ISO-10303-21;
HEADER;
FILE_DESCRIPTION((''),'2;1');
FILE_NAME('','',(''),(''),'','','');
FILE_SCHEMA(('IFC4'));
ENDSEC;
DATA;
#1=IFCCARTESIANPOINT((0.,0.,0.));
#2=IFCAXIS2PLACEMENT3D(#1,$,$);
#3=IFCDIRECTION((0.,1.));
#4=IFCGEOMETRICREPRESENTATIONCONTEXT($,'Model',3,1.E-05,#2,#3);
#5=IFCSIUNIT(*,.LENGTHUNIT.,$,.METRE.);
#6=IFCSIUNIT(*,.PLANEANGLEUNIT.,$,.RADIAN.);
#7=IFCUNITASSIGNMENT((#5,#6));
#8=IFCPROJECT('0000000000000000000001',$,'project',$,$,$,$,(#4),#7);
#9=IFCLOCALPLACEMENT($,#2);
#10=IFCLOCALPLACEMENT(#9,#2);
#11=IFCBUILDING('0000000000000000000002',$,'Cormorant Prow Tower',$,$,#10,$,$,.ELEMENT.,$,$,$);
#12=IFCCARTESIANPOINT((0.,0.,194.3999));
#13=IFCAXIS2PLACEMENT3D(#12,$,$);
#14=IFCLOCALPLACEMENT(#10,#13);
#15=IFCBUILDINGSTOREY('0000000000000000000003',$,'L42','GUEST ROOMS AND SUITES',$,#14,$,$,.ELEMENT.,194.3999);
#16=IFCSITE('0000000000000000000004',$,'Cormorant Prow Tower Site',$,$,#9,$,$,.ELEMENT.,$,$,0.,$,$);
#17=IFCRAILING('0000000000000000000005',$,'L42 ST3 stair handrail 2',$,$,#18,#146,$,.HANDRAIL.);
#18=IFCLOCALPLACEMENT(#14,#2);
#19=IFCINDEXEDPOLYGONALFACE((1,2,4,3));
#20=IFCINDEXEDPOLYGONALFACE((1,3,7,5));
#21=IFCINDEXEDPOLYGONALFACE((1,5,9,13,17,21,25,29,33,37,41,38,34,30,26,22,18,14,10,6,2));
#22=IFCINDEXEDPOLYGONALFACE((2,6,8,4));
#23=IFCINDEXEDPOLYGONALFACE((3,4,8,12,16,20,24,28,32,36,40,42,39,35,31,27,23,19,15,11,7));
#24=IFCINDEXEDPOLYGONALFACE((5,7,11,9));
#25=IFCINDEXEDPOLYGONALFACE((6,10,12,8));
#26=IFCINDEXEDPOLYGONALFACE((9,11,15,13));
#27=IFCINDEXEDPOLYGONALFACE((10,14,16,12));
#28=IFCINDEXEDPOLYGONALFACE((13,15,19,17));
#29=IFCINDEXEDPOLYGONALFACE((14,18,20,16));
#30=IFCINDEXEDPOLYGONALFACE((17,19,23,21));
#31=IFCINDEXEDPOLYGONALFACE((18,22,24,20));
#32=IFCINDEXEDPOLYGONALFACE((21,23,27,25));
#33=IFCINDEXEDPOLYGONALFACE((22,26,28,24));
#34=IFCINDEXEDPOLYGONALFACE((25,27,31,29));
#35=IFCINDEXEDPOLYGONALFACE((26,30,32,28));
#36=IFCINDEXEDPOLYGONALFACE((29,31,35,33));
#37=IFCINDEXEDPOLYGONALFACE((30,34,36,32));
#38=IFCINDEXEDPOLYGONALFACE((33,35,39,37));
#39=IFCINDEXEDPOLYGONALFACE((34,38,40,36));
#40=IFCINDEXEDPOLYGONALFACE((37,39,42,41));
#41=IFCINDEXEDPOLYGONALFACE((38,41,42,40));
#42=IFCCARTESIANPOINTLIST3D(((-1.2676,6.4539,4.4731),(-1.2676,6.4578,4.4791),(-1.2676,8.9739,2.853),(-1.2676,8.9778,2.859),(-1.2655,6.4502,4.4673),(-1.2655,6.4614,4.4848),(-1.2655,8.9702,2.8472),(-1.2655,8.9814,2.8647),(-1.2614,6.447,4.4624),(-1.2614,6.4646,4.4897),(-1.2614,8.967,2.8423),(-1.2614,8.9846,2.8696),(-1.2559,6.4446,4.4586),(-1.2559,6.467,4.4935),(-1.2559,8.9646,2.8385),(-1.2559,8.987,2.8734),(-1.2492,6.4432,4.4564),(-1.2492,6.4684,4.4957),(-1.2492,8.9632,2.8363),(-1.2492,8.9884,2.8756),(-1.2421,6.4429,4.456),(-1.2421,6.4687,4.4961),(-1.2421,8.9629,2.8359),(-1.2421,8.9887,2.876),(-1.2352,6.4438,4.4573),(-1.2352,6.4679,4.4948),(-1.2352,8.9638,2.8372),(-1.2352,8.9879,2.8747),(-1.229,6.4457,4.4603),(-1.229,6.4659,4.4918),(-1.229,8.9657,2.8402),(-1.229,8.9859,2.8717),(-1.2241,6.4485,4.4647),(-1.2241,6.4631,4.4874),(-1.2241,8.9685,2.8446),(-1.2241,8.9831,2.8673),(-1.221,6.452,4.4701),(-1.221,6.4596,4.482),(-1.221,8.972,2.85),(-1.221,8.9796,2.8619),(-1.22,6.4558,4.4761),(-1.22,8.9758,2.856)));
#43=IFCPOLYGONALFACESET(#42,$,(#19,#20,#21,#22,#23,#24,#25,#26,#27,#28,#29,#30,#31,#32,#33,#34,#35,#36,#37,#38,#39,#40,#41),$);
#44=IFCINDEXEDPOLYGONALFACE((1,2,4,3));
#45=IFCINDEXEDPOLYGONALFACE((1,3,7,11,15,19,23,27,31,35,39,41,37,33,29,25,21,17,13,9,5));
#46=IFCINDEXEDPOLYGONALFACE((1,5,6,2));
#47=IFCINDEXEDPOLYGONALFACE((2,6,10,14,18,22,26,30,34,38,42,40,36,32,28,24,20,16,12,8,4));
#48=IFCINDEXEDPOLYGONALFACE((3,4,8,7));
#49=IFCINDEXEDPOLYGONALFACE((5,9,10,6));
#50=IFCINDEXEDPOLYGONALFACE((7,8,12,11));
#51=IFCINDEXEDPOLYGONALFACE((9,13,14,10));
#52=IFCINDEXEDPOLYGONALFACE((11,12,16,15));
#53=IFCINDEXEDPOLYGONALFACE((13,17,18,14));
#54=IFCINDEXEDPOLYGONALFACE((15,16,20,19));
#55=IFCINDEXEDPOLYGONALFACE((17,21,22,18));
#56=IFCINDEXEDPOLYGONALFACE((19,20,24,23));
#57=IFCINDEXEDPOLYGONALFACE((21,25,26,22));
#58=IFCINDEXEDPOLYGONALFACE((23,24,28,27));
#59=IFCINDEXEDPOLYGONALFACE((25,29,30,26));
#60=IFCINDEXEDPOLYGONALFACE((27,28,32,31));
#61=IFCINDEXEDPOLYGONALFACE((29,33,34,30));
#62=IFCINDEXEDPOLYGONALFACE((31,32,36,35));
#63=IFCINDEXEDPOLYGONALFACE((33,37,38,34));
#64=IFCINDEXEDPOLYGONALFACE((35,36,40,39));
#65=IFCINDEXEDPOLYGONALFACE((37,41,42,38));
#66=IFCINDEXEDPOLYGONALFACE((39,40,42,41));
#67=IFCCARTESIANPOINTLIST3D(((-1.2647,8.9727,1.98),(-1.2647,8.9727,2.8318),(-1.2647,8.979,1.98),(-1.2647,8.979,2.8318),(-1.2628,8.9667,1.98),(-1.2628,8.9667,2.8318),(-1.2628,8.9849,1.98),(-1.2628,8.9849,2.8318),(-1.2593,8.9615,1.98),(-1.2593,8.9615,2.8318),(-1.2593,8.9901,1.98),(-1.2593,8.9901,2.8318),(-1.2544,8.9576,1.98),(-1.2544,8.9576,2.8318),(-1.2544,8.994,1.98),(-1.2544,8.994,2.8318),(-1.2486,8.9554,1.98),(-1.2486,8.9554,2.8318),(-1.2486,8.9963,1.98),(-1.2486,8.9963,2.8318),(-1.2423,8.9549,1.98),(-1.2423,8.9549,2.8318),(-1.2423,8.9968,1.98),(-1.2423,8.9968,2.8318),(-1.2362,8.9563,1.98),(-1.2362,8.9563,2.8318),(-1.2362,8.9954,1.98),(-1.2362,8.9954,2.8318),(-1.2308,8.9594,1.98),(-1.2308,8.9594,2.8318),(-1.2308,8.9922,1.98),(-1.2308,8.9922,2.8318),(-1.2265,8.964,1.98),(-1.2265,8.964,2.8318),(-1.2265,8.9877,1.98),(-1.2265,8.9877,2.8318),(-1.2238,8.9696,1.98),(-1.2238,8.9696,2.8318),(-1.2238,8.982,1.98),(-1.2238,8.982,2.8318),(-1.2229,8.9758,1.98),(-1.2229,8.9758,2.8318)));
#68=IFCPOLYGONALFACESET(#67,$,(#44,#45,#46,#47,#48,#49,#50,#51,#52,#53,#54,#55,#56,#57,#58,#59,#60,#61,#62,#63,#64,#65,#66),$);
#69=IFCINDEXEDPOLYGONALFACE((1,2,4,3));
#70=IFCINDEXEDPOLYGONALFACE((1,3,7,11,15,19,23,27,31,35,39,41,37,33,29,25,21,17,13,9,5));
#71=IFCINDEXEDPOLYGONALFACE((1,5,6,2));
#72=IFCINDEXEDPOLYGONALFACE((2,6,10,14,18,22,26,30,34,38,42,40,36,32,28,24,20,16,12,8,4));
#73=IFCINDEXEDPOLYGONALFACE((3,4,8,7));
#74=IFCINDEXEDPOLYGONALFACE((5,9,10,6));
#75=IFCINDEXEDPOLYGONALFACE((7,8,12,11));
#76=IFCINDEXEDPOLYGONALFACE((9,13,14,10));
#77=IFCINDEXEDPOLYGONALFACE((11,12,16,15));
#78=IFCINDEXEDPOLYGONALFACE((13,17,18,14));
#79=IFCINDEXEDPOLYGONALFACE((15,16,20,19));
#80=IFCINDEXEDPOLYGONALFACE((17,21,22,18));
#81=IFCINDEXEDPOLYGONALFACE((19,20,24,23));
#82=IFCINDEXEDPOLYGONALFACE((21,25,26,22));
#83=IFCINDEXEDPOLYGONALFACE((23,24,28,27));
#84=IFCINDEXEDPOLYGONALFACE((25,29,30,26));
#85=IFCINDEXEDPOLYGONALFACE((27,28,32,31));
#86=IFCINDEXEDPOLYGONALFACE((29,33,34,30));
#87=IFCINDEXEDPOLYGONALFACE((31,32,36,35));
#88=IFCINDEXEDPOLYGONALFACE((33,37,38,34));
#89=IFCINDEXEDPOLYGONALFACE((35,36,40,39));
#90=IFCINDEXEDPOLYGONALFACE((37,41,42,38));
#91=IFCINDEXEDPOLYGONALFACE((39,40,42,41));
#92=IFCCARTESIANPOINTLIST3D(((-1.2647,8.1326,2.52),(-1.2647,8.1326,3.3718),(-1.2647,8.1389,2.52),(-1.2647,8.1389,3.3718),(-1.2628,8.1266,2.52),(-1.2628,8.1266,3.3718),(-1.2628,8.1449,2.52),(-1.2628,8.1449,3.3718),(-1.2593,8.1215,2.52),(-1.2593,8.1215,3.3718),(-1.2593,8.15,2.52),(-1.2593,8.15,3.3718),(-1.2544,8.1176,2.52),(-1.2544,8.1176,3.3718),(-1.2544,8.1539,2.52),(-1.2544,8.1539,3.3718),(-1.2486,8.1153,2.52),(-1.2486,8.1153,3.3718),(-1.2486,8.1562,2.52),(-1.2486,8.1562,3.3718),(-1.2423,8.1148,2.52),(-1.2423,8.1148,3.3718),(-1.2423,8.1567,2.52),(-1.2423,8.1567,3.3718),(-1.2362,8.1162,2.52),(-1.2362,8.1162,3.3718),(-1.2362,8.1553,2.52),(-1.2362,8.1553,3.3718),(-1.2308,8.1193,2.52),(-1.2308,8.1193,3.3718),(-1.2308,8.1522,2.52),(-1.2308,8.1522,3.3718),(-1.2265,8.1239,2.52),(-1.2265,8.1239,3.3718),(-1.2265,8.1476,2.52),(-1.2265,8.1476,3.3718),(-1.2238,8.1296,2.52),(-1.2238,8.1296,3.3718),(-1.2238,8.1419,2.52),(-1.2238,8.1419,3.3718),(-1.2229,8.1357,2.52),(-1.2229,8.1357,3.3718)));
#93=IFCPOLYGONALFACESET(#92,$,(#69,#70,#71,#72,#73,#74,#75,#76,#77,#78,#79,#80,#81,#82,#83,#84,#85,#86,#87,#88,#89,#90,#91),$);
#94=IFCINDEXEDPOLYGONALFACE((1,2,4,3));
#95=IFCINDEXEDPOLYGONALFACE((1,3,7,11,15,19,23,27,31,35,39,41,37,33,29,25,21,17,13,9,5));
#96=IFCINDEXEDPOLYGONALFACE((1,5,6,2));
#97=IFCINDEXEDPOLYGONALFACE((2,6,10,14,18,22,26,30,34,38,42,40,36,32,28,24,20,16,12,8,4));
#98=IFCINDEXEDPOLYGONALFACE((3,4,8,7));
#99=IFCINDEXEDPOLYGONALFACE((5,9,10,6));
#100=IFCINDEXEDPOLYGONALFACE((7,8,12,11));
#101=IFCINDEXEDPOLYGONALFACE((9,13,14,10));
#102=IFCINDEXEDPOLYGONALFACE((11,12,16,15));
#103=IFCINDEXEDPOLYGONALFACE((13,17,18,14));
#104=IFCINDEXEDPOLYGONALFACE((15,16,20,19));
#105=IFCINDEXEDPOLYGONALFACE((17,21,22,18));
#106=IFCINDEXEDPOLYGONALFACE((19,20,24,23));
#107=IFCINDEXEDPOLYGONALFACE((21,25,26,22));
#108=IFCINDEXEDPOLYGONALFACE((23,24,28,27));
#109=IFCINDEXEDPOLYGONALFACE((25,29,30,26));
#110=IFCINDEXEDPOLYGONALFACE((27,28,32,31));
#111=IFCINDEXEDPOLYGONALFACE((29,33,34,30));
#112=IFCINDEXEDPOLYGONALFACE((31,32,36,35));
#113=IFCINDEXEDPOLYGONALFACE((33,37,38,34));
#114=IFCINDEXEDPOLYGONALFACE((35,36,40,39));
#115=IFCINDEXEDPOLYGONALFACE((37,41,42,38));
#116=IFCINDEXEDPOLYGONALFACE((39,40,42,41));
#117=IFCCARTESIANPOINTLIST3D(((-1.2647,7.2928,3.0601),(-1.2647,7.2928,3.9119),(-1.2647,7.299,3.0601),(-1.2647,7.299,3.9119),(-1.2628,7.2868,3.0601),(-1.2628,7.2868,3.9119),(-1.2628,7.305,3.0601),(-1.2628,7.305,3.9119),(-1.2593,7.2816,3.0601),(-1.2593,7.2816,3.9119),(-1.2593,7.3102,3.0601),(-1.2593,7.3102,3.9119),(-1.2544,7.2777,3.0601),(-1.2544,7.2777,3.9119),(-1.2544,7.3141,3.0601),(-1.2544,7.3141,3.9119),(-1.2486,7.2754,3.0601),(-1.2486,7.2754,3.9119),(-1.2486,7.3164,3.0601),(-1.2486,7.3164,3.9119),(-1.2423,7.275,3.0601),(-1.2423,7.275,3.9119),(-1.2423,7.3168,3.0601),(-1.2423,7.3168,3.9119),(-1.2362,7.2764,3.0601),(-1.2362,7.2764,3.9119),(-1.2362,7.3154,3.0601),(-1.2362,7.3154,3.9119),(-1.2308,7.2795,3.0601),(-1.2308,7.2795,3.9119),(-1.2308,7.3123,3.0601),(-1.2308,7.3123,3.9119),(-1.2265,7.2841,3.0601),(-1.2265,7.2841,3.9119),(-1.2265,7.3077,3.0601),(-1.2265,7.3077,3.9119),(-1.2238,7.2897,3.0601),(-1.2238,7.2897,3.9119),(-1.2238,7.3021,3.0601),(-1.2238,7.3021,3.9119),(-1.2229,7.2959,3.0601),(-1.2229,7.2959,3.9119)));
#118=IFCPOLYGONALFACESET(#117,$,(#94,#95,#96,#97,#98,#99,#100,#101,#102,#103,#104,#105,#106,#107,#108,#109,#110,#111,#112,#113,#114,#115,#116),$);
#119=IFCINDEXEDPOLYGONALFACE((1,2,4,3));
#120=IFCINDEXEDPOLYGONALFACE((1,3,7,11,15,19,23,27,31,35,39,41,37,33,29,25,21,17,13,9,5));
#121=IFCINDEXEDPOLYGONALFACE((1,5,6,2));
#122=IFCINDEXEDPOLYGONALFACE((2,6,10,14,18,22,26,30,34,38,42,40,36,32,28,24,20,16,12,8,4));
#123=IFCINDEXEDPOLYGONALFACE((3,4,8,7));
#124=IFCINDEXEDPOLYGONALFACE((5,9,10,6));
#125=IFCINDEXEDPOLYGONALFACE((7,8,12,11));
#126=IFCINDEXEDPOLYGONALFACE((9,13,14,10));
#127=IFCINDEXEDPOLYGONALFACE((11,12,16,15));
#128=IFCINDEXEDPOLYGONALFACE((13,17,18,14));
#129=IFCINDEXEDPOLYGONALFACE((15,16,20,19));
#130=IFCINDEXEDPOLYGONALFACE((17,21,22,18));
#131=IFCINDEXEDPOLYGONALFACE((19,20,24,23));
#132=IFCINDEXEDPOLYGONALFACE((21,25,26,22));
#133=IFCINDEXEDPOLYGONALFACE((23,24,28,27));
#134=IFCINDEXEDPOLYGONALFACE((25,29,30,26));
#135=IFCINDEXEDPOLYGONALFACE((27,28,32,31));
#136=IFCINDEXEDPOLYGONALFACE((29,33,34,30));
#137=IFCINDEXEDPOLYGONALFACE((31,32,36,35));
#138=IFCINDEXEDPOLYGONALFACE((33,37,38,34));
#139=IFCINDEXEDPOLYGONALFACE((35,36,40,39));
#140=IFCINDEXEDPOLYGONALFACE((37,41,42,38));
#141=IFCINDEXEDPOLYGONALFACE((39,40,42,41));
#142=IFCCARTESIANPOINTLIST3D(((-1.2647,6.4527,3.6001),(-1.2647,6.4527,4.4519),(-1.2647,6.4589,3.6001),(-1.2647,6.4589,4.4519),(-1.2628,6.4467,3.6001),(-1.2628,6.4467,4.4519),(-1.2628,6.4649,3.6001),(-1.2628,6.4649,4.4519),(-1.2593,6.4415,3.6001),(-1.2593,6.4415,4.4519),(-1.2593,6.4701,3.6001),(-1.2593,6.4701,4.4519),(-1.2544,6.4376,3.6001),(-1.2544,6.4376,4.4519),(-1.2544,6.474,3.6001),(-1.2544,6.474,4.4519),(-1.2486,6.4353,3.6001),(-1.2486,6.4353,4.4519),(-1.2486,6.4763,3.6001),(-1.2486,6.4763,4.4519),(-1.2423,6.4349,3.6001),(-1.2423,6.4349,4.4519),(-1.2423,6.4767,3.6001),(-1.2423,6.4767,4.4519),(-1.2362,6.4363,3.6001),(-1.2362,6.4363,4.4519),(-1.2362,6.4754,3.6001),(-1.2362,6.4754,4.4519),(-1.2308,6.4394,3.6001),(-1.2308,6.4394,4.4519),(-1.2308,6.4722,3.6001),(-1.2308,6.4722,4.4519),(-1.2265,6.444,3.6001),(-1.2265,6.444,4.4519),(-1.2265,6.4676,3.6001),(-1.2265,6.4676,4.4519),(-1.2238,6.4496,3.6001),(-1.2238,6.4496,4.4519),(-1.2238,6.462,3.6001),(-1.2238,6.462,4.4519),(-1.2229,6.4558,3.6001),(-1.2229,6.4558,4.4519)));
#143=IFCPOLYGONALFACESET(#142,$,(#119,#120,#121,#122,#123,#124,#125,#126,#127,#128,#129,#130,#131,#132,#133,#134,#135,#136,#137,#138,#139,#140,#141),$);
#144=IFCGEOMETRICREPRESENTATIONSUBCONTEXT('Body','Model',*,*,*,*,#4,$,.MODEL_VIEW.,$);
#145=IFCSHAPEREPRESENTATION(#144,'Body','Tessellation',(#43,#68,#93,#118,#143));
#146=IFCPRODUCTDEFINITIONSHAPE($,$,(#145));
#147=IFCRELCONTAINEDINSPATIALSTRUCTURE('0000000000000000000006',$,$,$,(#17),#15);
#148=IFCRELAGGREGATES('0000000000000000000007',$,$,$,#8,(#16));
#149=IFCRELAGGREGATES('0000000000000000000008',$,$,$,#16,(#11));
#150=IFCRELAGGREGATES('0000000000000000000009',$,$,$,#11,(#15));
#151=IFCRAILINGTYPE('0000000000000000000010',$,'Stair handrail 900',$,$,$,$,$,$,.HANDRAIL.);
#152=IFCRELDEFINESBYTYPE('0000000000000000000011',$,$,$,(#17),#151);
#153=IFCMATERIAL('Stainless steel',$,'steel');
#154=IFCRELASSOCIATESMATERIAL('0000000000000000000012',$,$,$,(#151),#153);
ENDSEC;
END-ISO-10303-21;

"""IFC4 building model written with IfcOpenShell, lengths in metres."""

from ifc_helpers import new_model, si_unit, direction, frame, origin, origin_2d, place, context, subcontext, project, spatial, circle, extrude, material, type_object, element, save


model = new_model("IFC4")

# Units and contexts
model_context = context("Model", 3, precision=1e-05, world=origin(), true_north=direction((0.0, 1.0)))
body_context = subcontext(model_context, "Body", "Model", "MODEL_VIEW")
ifc_project = project(units=[si_unit("LENGTHUNIT", "METRE"), si_unit("PLANEANGLEUNIT", "RADIAN")], contexts=[model_context])

# Site, building, storey
site_placement = place(None, origin())
site = spatial("IfcSite", under=ifc_project, at=site_placement, Name="Cormorant Prow Tower Site", CompositionType="ELEMENT", RefElevation=0.0)
building_placement = place(site_placement, origin())
building = spatial("IfcBuilding", under=site, at=building_placement, Name="Cormorant Prow Tower", CompositionType="ELEMENT")
storey_placement = place(building_placement, frame((0.0, 0.0, 194.3999)))
storey = spatial("IfcBuildingStorey", under=building, at=storey_placement, Name="L42", Description="GUEST ROOMS AND SUITES", CompositionType="ELEMENT", Elevation=194.3999)

# Railing
ifc_material_1 = material(Name="Stainless steel", Category="steel")
railing_type = type_object("IfcRailingType", Name="Stair handrail 900", PredefinedType="HANDRAIL", material=ifc_material_1)
railing_placement = place(storey_placement, frame((-1.2439, 8.9758, 1.98)))
element("IfcRailing", 1, at=railing_placement, inside=storey, type_object=railing_type, Name="L42 ST3 stair handrail 2", PredefinedType="HANDRAIL", context=body_context, shape_type="SweptSolid", body=[
    extrude(circle(Radius=0.0239, at=origin_2d()), frame((0.0, 0.0, 0.876), z_axis=(0.0, -0.841163, 0.540782), x_axis=(1.0, 0.0, 0.0)), (0.0, 0.0, 1.0), 2.9958),
    extrude(circle(Radius=0.021, at=origin_2d()), origin(), (0.0, 0.0, 1.0), 0.8518),
    extrude(circle(Radius=0.021, at=origin_2d()), frame((0.0, -0.8401, 0.54)), (0.0, 0.0, 1.0), 0.8518),
    extrude(circle(Radius=0.021, at=origin_2d()), frame((0.0, -1.6799, 1.0801)), (0.0, 0.0, 1.0), 0.8518),
    extrude(circle(Radius=0.021, at=origin_2d()), frame((0.0, -2.52, 1.6201)), (0.0, 0.0, 1.0), 0.8518),
])

save(model, "model.ifc")
